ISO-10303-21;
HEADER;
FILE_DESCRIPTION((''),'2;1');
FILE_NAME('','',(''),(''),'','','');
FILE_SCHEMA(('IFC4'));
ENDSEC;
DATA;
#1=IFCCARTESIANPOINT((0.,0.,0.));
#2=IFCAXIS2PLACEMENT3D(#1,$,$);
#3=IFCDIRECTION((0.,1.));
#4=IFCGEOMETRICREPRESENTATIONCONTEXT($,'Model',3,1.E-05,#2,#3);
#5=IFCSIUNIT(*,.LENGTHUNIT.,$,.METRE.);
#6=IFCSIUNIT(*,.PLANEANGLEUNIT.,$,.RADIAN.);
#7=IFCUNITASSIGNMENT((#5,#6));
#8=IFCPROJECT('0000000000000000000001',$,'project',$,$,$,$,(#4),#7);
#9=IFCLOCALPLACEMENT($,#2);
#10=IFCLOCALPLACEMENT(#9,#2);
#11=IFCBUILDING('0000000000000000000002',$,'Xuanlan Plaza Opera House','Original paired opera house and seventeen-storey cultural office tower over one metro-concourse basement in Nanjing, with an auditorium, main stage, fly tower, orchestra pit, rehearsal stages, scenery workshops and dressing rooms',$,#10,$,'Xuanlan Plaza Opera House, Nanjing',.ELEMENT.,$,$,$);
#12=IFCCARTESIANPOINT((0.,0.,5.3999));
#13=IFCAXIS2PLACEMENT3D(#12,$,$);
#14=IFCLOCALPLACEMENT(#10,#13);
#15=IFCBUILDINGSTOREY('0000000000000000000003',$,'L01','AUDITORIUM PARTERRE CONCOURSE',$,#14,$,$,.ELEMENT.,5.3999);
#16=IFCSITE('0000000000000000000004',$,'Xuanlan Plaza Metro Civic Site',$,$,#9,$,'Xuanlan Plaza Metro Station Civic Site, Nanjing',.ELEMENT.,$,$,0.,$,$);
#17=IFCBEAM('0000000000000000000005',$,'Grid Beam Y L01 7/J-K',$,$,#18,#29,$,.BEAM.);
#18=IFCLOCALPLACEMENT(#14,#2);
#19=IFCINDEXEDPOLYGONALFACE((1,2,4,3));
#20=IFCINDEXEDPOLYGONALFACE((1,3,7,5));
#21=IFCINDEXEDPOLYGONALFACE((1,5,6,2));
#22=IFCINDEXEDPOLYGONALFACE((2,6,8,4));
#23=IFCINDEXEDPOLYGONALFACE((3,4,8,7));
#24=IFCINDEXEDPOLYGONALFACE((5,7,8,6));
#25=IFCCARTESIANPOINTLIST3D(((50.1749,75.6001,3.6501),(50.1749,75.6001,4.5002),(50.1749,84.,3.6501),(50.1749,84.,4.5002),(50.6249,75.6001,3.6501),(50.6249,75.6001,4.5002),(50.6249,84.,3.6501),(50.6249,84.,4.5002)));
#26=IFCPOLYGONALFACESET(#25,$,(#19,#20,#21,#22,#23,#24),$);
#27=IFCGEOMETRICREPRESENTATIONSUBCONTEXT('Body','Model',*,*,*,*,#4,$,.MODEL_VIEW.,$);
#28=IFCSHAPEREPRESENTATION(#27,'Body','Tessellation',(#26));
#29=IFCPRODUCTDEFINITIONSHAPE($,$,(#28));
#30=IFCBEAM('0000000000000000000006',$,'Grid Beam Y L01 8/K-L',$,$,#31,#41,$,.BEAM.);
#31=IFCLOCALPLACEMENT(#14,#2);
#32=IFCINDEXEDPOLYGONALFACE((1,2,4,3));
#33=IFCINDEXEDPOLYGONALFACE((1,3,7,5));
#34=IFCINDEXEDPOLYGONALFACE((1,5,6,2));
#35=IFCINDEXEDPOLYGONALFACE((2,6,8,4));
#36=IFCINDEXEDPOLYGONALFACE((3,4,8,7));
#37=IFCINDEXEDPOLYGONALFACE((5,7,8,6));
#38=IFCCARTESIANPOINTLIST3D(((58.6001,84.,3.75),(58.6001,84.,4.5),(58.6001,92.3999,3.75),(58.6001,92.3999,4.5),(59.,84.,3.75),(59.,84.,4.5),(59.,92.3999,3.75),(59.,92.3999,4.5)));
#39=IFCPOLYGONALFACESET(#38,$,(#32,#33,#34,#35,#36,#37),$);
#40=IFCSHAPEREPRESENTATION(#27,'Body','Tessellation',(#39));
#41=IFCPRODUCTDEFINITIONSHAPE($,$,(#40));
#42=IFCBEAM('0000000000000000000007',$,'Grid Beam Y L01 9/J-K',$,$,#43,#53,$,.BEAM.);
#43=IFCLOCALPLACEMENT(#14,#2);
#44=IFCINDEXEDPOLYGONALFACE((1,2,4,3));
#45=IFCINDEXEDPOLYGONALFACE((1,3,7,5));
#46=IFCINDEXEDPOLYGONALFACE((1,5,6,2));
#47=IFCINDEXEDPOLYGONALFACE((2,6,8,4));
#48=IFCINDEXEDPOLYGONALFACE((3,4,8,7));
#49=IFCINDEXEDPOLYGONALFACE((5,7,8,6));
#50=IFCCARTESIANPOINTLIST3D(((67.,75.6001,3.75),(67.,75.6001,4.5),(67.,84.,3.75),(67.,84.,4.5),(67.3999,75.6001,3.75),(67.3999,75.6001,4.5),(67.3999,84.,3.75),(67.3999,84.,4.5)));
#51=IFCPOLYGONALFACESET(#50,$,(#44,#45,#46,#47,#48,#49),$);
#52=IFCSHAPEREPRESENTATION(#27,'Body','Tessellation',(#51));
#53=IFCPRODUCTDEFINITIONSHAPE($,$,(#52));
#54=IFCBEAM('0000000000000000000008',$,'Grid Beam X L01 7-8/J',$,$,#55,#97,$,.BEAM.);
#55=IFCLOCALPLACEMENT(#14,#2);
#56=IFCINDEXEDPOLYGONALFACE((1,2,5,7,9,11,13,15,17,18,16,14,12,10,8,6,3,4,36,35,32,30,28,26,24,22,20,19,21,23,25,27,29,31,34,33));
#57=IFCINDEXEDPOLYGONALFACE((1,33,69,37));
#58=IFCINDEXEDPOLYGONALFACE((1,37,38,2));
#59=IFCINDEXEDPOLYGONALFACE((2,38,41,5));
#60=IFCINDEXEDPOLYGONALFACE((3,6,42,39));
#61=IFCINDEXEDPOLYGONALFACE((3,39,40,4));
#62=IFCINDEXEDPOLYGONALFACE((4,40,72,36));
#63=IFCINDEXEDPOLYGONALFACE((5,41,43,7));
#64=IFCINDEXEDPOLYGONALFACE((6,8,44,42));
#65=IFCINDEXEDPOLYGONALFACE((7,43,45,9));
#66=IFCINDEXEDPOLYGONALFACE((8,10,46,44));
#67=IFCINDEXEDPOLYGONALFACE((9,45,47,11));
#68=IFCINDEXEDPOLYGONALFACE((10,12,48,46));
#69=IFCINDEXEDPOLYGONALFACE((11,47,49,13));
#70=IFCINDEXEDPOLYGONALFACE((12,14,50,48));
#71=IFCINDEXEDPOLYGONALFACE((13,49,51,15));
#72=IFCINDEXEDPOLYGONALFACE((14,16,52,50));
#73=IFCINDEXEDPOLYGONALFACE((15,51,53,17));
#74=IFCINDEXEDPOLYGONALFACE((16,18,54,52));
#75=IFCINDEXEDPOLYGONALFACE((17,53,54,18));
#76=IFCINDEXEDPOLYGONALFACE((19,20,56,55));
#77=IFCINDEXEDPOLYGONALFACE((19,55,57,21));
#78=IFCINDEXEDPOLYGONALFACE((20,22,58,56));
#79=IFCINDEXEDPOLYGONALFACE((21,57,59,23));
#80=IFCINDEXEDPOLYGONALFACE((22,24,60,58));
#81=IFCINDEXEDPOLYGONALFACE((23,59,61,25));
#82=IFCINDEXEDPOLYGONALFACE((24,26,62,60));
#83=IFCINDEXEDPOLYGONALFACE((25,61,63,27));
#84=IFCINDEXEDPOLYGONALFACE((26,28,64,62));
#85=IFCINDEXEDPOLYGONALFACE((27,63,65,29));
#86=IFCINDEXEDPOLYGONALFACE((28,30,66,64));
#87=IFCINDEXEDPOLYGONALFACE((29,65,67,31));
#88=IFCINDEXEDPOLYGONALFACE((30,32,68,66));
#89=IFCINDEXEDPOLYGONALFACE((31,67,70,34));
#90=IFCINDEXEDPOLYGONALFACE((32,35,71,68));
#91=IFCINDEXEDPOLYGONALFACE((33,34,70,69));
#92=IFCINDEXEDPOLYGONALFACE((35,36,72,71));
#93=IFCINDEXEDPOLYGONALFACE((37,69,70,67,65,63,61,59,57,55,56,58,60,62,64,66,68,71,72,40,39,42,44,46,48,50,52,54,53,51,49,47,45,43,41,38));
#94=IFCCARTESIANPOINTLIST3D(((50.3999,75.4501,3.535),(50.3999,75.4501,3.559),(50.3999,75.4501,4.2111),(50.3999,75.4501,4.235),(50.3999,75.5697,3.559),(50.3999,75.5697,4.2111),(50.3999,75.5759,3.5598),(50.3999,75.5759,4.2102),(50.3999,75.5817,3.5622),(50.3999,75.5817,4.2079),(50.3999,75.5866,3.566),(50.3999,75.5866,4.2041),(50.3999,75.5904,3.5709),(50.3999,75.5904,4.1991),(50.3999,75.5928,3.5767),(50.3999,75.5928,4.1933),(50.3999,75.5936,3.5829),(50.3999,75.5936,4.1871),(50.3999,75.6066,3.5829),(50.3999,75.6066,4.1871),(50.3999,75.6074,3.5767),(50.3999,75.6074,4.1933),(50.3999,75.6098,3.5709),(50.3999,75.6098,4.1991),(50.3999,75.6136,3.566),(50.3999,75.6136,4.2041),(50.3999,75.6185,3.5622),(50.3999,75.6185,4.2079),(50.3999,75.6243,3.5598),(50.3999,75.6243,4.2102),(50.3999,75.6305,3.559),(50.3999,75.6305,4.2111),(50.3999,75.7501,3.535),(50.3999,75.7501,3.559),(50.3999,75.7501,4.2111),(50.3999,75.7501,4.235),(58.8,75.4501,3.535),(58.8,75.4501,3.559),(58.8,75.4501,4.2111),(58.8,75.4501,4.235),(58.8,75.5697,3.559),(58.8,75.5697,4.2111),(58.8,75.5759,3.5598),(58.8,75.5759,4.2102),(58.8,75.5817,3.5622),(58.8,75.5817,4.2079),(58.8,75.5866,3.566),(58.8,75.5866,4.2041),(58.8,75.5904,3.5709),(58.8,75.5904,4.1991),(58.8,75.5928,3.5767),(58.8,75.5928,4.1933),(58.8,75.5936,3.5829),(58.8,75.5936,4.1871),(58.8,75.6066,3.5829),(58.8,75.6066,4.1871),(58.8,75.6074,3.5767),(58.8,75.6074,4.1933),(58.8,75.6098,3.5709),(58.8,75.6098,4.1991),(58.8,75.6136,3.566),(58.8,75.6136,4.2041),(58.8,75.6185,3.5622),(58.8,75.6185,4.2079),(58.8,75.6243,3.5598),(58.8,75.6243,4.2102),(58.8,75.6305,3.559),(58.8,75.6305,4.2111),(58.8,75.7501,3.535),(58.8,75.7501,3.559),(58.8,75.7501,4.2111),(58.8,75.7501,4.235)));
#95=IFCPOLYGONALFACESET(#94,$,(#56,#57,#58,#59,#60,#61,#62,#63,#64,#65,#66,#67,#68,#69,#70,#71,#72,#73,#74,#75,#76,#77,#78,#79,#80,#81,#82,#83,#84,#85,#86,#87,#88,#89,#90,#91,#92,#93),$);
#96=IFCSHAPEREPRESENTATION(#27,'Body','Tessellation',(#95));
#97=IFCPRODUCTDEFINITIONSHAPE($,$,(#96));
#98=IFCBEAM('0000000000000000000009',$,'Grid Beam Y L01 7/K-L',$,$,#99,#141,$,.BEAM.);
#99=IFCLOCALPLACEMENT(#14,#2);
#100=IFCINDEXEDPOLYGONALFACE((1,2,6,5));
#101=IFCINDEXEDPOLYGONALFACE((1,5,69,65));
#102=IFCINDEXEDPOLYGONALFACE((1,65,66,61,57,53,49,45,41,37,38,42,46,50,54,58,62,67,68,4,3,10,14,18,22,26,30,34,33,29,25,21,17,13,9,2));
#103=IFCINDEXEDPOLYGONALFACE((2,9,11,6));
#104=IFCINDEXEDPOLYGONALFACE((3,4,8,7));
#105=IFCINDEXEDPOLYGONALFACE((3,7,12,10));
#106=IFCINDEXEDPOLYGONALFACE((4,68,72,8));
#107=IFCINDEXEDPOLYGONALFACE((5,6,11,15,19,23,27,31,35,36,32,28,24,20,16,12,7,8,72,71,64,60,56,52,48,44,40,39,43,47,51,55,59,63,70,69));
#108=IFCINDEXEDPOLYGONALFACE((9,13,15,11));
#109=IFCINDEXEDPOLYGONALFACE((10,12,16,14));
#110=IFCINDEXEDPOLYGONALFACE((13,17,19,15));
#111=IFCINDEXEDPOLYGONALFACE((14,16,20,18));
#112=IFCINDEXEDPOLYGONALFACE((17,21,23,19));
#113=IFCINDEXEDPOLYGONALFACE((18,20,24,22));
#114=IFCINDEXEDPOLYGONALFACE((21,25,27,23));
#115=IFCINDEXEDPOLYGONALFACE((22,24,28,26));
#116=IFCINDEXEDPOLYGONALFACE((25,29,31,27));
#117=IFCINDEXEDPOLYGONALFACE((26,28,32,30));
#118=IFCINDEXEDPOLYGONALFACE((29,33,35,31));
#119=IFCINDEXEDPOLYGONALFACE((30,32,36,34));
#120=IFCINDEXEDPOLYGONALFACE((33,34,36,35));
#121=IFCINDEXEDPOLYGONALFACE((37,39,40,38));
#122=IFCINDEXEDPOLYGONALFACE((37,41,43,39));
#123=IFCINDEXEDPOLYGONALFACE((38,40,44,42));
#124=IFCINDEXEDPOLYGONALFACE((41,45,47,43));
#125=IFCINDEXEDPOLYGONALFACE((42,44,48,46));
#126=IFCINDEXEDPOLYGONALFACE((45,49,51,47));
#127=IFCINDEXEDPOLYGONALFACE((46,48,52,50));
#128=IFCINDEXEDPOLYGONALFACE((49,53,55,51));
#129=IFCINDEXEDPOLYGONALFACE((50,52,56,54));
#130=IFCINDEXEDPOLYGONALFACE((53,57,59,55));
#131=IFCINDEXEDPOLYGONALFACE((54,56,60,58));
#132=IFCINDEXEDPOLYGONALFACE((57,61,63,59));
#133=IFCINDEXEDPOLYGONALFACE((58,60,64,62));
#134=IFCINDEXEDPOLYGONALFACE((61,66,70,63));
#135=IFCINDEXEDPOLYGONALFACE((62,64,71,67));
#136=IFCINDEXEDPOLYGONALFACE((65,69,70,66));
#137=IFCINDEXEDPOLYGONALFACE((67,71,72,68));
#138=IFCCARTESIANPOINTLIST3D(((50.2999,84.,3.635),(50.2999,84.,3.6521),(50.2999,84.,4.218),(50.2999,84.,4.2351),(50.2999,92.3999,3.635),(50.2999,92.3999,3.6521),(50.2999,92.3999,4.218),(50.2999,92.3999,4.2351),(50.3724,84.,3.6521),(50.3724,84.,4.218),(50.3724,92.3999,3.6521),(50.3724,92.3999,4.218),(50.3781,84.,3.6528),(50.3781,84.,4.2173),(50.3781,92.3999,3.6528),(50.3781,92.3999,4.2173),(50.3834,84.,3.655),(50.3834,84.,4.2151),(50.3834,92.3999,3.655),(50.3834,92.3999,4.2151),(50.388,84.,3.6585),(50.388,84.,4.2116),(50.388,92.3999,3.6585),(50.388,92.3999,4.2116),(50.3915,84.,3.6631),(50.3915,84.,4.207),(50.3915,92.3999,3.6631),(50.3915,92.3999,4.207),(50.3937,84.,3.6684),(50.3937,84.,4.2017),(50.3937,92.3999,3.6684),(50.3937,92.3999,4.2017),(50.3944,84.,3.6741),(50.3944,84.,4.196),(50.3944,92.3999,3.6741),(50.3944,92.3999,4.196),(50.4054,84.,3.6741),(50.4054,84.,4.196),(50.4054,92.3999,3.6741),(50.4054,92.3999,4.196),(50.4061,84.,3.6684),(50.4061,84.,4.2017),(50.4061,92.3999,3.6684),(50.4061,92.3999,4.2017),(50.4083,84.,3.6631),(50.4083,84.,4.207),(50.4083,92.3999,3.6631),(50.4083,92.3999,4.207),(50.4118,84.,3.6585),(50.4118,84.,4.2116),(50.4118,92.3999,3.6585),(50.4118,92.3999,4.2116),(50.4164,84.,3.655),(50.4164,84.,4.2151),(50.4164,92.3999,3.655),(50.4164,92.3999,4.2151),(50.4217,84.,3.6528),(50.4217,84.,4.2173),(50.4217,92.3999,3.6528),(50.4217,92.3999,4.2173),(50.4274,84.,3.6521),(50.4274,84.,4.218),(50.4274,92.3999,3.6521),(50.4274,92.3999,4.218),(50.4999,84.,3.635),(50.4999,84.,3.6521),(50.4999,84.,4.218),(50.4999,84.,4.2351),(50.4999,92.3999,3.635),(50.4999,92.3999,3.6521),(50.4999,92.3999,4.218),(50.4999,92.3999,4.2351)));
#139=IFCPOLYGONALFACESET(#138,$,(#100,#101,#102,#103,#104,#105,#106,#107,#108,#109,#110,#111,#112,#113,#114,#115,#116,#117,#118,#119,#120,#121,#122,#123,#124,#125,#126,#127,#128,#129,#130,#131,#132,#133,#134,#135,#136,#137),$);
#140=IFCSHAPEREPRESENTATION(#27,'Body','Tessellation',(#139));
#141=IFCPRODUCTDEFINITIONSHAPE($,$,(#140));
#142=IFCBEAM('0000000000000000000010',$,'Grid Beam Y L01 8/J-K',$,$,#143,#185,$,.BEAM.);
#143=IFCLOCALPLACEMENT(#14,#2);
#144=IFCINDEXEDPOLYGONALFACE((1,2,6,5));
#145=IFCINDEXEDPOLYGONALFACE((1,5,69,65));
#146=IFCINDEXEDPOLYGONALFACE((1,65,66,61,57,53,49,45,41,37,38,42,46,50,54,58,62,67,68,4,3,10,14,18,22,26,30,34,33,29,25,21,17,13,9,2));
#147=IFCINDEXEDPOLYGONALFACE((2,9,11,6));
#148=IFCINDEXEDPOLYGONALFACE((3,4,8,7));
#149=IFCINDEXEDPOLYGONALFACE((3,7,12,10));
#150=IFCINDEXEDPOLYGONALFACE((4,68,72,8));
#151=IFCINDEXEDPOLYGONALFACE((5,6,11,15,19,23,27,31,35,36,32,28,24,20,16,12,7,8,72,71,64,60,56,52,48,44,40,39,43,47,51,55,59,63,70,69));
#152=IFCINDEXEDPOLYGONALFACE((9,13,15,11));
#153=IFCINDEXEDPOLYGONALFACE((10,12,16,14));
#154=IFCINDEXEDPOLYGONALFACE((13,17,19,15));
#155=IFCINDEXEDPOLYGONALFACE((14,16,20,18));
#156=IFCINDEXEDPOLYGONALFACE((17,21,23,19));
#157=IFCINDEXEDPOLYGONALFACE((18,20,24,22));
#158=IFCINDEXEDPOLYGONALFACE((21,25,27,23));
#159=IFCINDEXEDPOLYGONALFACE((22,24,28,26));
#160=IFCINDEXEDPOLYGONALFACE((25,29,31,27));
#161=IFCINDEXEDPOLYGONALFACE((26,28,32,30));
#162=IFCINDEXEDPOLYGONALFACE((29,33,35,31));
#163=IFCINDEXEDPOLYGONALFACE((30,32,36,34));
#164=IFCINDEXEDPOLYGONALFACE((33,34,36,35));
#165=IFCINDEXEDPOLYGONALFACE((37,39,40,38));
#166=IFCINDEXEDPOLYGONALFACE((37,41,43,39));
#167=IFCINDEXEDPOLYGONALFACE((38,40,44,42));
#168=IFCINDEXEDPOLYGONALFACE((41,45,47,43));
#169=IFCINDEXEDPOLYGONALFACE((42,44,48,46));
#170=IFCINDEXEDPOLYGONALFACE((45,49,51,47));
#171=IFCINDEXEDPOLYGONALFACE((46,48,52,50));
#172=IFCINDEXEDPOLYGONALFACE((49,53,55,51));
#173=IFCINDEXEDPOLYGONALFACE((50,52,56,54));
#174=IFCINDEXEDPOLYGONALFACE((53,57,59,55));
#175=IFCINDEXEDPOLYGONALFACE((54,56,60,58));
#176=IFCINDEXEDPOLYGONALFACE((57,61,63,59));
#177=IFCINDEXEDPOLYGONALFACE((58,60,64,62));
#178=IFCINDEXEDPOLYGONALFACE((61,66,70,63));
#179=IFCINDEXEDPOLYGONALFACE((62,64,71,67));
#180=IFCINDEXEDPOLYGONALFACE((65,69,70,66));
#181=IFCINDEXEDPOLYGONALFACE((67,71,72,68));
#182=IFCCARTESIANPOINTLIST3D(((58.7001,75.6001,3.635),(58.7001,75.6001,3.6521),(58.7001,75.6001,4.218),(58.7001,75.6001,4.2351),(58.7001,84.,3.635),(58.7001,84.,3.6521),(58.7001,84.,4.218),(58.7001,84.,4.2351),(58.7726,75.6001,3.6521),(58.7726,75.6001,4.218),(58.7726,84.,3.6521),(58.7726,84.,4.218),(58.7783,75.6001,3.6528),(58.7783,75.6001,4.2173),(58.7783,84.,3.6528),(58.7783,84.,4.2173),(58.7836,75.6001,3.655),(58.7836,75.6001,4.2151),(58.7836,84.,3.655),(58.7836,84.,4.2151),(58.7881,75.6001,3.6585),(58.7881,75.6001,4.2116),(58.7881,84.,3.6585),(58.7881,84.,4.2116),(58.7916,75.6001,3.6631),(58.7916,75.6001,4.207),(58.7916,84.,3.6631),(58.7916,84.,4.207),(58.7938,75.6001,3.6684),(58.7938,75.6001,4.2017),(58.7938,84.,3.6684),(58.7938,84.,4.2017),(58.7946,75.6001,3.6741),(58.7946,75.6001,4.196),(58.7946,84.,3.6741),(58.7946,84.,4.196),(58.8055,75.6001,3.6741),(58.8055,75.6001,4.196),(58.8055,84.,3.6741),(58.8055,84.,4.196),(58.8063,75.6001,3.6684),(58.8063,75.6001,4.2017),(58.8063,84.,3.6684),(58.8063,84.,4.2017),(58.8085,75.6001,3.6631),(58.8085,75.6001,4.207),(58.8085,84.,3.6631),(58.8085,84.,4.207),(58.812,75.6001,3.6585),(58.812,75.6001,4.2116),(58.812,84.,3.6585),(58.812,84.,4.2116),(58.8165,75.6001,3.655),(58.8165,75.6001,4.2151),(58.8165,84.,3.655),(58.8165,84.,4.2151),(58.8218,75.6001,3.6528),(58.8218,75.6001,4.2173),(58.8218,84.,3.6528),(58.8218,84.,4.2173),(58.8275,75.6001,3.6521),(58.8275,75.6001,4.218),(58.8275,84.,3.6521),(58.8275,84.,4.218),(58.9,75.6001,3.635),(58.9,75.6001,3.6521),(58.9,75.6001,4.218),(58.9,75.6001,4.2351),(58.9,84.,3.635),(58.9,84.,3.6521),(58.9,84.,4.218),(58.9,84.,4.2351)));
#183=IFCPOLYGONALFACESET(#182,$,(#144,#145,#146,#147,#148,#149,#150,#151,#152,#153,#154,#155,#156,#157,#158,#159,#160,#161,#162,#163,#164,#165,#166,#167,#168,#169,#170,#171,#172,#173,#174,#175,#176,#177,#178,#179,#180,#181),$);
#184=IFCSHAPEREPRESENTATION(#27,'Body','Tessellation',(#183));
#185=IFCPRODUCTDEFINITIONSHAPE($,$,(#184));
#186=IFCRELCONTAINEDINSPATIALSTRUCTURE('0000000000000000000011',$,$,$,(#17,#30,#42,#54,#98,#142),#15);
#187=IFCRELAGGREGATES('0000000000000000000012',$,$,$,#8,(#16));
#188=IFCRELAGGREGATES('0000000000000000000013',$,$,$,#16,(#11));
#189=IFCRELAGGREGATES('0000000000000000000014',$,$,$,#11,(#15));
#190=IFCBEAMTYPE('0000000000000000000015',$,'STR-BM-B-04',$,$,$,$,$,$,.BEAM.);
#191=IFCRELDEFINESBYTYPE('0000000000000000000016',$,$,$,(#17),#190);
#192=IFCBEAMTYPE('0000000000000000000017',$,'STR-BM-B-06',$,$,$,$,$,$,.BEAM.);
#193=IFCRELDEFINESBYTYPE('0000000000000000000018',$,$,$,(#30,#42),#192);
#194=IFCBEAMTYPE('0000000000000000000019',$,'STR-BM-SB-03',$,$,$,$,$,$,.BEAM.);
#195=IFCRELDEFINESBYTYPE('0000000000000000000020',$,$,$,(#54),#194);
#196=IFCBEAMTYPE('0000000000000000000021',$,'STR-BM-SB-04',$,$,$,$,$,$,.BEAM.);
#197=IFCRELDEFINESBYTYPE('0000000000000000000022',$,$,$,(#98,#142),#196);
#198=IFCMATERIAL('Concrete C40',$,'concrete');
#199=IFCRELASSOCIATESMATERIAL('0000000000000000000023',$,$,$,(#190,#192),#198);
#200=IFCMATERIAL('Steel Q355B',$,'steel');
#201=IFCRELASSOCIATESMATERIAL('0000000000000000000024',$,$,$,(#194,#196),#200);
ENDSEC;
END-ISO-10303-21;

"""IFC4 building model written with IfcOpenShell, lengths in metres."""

from ifc_helpers import new_model, si_unit, direction, frame, origin, origin_2d, place, context, subcontext, project, spatial, rectangle, i_section, extrude, material, material_profile, profile_set, type_object, element, save


model = new_model("IFC4")

# Units and contexts
model_context = context("Model", 3, precision=1e-05, world=origin(), true_north=direction((0.0, 1.0)))
body_context = subcontext(model_context, "Body", "Model", "MODEL_VIEW")
ifc_project = project(units=[si_unit("LENGTHUNIT", "METRE"), si_unit("PLANEANGLEUNIT", "RADIAN")], contexts=[model_context])

# Site, building, storey
site_placement = place(None, origin())
site = spatial("IfcSite", under=ifc_project, at=site_placement, Name="Xuanlan Plaza Metro Civic Site", LongName="Xuanlan Plaza Metro Station Civic Site, Nanjing", CompositionType="ELEMENT", RefElevation=0.0)
building_placement = place(site_placement, origin())
building = spatial("IfcBuilding", under=site, at=building_placement, Name="Xuanlan Plaza Opera House", Description="Original paired opera house and seventeen-storey cultural office tower over one metro-concourse basement in Nanjing, with an auditorium, main stage, fly tower, orchestra pit, rehearsal stages, scenery workshops and dressing rooms", LongName="Xuanlan Plaza Opera House, Nanjing", CompositionType="ELEMENT")
storey_placement = place(building_placement, frame((0.0, 0.0, 5.3999)))
storey = spatial("IfcBuildingStorey", under=building, at=storey_placement, Name="L01", Description="AUDITORIUM PARTERRE CONCOURSE", CompositionType="ELEMENT", Elevation=5.3999)

# Shared definitions
ifc_material_1 = material(Name="Concrete C40", Category="concrete")

# Beams
ifc_material_profile_1 = material_profile(ifc_material_1, rectangle(XDim=0.45, YDim=0.8501, at=origin_2d()), Name="RC-BM 450x850")
ifc_profile_set_1 = profile_set([ifc_material_profile_1], Name="Concrete C40")
beam_type_1 = type_object("IfcBeamType", Name="STR-BM-B-04", PredefinedType="BEAM", material=ifc_profile_set_1)
beam_1_placement = place(storey_placement, frame((50.3999, 75.6001, 4.0752), z_axis=(0.0, 1.0, 0.0), x_axis=(-1.0, 0.0, 0.0)))
element("IfcBeam", 1, at=beam_1_placement, inside=storey, type_object=beam_type_1, Name="Grid Beam Y L01 7/J-K", PredefinedType="BEAM", context=body_context, shape_type="SweptSolid", body=[
    extrude(rectangle(XDim=0.45, YDim=0.8501, at=origin_2d()), origin(), (0.0, 0.0, 1.0), 8.3999),
])
ifc_material_profile_2 = material_profile(ifc_material_1, rectangle(XDim=0.3999, YDim=0.75, at=origin_2d()), Name="RC-BM 400x750")
ifc_profile_set_2 = profile_set([ifc_material_profile_2], Name="Concrete C40")
beam_type_2 = type_object("IfcBeamType", Name="STR-BM-B-06", PredefinedType="BEAM", material=ifc_profile_set_2)
for number, where, z_axis, x_axis, name in (
    (2, (58.8, 84.0, 4.125), (0.0, 1.0, 0.0), (-1.0, 0.0, 0.0), "Grid Beam Y L01 8/K-L"),
    (3, (67.2, 75.6001, 4.125), (0.0, 1.0, 0.0), (-1.0, 0.0, 0.0), "Grid Beam Y L01 9/J-K"),
):
    element("IfcBeam", number, at=place(storey_placement, frame(where, z_axis=z_axis, x_axis=x_axis)), inside=storey, type_object=beam_type_2, Name=name, PredefinedType="BEAM", context=body_context, shape_type="SweptSolid", body=[
        extrude(rectangle(XDim=0.3999, YDim=0.75, at=origin_2d()), origin(), (0.0, 0.0, 1.0), 8.3999),
    ])
ifc_material_2 = material(Name="Steel Q355B", Category="steel")
ifc_material_profile_3 = material_profile(ifc_material_2, i_section(OverallWidth=0.3, OverallDepth=0.7, WebThickness=0.0129, FlangeThickness=0.0239, FilletRadius=0.0239, at=origin_2d()), Name="HN 700x300x13x24")
ifc_profile_set_3 = profile_set([ifc_material_profile_3], Name="Steel Q355B")
beam_type_3 = type_object("IfcBeamType", Name="STR-BM-SB-03", PredefinedType="BEAM", material=ifc_profile_set_3)
beam_2_placement = place(storey_placement, frame((50.3999, 75.6001, 3.885), z_axis=(1.0, 0.0, 0.0), x_axis=(0.0, 1.0, 0.0)))
element("IfcBeam", 4, at=beam_2_placement, inside=storey, type_object=beam_type_3, Name="Grid Beam X L01 7-8/J", PredefinedType="BEAM", context=body_context, shape_type="SweptSolid", body=[
    extrude(i_section(OverallWidth=0.3, OverallDepth=0.7, WebThickness=0.0129, FlangeThickness=0.0239, FilletRadius=0.0239, at=origin_2d()), origin(), (0.0, 0.0, 1.0), 8.4001),
])
ifc_material_profile_4 = material_profile(ifc_material_2, i_section(OverallWidth=0.2, OverallDepth=0.6001, WebThickness=0.011, FlangeThickness=0.0171, FilletRadius=0.022, at=origin_2d()), Name="HN 600x200x11x17")
ifc_profile_set_4 = profile_set([ifc_material_profile_4], Name="Steel Q355B")
beam_type_4 = type_object("IfcBeamType", Name="STR-BM-SB-04", PredefinedType="BEAM", material=ifc_profile_set_4)
for number, where, z_axis, x_axis, name in (
    (5, (50.3999, 84.0, 3.9351), (0.0, 1.0, 0.0), (-1.0, 0.0, 0.0), "Grid Beam Y L01 7/K-L"),
    (6, (58.8, 75.6001, 3.9351), (0.0, 1.0, 0.0), (-1.0, 0.0, 0.0), "Grid Beam Y L01 8/J-K"),
):
    element("IfcBeam", number, at=place(storey_placement, frame(where, z_axis=z_axis, x_axis=x_axis)), inside=storey, type_object=beam_type_4, Name=name, PredefinedType="BEAM", context=body_context, shape_type="SweptSolid", body=[
        extrude(i_section(OverallWidth=0.2, OverallDepth=0.6001, WebThickness=0.011, FlangeThickness=0.0171, FilletRadius=0.022, at=origin_2d()), origin(), (0.0, 0.0, 1.0), 8.3999),
    ])

save(model, "model.ifc")
